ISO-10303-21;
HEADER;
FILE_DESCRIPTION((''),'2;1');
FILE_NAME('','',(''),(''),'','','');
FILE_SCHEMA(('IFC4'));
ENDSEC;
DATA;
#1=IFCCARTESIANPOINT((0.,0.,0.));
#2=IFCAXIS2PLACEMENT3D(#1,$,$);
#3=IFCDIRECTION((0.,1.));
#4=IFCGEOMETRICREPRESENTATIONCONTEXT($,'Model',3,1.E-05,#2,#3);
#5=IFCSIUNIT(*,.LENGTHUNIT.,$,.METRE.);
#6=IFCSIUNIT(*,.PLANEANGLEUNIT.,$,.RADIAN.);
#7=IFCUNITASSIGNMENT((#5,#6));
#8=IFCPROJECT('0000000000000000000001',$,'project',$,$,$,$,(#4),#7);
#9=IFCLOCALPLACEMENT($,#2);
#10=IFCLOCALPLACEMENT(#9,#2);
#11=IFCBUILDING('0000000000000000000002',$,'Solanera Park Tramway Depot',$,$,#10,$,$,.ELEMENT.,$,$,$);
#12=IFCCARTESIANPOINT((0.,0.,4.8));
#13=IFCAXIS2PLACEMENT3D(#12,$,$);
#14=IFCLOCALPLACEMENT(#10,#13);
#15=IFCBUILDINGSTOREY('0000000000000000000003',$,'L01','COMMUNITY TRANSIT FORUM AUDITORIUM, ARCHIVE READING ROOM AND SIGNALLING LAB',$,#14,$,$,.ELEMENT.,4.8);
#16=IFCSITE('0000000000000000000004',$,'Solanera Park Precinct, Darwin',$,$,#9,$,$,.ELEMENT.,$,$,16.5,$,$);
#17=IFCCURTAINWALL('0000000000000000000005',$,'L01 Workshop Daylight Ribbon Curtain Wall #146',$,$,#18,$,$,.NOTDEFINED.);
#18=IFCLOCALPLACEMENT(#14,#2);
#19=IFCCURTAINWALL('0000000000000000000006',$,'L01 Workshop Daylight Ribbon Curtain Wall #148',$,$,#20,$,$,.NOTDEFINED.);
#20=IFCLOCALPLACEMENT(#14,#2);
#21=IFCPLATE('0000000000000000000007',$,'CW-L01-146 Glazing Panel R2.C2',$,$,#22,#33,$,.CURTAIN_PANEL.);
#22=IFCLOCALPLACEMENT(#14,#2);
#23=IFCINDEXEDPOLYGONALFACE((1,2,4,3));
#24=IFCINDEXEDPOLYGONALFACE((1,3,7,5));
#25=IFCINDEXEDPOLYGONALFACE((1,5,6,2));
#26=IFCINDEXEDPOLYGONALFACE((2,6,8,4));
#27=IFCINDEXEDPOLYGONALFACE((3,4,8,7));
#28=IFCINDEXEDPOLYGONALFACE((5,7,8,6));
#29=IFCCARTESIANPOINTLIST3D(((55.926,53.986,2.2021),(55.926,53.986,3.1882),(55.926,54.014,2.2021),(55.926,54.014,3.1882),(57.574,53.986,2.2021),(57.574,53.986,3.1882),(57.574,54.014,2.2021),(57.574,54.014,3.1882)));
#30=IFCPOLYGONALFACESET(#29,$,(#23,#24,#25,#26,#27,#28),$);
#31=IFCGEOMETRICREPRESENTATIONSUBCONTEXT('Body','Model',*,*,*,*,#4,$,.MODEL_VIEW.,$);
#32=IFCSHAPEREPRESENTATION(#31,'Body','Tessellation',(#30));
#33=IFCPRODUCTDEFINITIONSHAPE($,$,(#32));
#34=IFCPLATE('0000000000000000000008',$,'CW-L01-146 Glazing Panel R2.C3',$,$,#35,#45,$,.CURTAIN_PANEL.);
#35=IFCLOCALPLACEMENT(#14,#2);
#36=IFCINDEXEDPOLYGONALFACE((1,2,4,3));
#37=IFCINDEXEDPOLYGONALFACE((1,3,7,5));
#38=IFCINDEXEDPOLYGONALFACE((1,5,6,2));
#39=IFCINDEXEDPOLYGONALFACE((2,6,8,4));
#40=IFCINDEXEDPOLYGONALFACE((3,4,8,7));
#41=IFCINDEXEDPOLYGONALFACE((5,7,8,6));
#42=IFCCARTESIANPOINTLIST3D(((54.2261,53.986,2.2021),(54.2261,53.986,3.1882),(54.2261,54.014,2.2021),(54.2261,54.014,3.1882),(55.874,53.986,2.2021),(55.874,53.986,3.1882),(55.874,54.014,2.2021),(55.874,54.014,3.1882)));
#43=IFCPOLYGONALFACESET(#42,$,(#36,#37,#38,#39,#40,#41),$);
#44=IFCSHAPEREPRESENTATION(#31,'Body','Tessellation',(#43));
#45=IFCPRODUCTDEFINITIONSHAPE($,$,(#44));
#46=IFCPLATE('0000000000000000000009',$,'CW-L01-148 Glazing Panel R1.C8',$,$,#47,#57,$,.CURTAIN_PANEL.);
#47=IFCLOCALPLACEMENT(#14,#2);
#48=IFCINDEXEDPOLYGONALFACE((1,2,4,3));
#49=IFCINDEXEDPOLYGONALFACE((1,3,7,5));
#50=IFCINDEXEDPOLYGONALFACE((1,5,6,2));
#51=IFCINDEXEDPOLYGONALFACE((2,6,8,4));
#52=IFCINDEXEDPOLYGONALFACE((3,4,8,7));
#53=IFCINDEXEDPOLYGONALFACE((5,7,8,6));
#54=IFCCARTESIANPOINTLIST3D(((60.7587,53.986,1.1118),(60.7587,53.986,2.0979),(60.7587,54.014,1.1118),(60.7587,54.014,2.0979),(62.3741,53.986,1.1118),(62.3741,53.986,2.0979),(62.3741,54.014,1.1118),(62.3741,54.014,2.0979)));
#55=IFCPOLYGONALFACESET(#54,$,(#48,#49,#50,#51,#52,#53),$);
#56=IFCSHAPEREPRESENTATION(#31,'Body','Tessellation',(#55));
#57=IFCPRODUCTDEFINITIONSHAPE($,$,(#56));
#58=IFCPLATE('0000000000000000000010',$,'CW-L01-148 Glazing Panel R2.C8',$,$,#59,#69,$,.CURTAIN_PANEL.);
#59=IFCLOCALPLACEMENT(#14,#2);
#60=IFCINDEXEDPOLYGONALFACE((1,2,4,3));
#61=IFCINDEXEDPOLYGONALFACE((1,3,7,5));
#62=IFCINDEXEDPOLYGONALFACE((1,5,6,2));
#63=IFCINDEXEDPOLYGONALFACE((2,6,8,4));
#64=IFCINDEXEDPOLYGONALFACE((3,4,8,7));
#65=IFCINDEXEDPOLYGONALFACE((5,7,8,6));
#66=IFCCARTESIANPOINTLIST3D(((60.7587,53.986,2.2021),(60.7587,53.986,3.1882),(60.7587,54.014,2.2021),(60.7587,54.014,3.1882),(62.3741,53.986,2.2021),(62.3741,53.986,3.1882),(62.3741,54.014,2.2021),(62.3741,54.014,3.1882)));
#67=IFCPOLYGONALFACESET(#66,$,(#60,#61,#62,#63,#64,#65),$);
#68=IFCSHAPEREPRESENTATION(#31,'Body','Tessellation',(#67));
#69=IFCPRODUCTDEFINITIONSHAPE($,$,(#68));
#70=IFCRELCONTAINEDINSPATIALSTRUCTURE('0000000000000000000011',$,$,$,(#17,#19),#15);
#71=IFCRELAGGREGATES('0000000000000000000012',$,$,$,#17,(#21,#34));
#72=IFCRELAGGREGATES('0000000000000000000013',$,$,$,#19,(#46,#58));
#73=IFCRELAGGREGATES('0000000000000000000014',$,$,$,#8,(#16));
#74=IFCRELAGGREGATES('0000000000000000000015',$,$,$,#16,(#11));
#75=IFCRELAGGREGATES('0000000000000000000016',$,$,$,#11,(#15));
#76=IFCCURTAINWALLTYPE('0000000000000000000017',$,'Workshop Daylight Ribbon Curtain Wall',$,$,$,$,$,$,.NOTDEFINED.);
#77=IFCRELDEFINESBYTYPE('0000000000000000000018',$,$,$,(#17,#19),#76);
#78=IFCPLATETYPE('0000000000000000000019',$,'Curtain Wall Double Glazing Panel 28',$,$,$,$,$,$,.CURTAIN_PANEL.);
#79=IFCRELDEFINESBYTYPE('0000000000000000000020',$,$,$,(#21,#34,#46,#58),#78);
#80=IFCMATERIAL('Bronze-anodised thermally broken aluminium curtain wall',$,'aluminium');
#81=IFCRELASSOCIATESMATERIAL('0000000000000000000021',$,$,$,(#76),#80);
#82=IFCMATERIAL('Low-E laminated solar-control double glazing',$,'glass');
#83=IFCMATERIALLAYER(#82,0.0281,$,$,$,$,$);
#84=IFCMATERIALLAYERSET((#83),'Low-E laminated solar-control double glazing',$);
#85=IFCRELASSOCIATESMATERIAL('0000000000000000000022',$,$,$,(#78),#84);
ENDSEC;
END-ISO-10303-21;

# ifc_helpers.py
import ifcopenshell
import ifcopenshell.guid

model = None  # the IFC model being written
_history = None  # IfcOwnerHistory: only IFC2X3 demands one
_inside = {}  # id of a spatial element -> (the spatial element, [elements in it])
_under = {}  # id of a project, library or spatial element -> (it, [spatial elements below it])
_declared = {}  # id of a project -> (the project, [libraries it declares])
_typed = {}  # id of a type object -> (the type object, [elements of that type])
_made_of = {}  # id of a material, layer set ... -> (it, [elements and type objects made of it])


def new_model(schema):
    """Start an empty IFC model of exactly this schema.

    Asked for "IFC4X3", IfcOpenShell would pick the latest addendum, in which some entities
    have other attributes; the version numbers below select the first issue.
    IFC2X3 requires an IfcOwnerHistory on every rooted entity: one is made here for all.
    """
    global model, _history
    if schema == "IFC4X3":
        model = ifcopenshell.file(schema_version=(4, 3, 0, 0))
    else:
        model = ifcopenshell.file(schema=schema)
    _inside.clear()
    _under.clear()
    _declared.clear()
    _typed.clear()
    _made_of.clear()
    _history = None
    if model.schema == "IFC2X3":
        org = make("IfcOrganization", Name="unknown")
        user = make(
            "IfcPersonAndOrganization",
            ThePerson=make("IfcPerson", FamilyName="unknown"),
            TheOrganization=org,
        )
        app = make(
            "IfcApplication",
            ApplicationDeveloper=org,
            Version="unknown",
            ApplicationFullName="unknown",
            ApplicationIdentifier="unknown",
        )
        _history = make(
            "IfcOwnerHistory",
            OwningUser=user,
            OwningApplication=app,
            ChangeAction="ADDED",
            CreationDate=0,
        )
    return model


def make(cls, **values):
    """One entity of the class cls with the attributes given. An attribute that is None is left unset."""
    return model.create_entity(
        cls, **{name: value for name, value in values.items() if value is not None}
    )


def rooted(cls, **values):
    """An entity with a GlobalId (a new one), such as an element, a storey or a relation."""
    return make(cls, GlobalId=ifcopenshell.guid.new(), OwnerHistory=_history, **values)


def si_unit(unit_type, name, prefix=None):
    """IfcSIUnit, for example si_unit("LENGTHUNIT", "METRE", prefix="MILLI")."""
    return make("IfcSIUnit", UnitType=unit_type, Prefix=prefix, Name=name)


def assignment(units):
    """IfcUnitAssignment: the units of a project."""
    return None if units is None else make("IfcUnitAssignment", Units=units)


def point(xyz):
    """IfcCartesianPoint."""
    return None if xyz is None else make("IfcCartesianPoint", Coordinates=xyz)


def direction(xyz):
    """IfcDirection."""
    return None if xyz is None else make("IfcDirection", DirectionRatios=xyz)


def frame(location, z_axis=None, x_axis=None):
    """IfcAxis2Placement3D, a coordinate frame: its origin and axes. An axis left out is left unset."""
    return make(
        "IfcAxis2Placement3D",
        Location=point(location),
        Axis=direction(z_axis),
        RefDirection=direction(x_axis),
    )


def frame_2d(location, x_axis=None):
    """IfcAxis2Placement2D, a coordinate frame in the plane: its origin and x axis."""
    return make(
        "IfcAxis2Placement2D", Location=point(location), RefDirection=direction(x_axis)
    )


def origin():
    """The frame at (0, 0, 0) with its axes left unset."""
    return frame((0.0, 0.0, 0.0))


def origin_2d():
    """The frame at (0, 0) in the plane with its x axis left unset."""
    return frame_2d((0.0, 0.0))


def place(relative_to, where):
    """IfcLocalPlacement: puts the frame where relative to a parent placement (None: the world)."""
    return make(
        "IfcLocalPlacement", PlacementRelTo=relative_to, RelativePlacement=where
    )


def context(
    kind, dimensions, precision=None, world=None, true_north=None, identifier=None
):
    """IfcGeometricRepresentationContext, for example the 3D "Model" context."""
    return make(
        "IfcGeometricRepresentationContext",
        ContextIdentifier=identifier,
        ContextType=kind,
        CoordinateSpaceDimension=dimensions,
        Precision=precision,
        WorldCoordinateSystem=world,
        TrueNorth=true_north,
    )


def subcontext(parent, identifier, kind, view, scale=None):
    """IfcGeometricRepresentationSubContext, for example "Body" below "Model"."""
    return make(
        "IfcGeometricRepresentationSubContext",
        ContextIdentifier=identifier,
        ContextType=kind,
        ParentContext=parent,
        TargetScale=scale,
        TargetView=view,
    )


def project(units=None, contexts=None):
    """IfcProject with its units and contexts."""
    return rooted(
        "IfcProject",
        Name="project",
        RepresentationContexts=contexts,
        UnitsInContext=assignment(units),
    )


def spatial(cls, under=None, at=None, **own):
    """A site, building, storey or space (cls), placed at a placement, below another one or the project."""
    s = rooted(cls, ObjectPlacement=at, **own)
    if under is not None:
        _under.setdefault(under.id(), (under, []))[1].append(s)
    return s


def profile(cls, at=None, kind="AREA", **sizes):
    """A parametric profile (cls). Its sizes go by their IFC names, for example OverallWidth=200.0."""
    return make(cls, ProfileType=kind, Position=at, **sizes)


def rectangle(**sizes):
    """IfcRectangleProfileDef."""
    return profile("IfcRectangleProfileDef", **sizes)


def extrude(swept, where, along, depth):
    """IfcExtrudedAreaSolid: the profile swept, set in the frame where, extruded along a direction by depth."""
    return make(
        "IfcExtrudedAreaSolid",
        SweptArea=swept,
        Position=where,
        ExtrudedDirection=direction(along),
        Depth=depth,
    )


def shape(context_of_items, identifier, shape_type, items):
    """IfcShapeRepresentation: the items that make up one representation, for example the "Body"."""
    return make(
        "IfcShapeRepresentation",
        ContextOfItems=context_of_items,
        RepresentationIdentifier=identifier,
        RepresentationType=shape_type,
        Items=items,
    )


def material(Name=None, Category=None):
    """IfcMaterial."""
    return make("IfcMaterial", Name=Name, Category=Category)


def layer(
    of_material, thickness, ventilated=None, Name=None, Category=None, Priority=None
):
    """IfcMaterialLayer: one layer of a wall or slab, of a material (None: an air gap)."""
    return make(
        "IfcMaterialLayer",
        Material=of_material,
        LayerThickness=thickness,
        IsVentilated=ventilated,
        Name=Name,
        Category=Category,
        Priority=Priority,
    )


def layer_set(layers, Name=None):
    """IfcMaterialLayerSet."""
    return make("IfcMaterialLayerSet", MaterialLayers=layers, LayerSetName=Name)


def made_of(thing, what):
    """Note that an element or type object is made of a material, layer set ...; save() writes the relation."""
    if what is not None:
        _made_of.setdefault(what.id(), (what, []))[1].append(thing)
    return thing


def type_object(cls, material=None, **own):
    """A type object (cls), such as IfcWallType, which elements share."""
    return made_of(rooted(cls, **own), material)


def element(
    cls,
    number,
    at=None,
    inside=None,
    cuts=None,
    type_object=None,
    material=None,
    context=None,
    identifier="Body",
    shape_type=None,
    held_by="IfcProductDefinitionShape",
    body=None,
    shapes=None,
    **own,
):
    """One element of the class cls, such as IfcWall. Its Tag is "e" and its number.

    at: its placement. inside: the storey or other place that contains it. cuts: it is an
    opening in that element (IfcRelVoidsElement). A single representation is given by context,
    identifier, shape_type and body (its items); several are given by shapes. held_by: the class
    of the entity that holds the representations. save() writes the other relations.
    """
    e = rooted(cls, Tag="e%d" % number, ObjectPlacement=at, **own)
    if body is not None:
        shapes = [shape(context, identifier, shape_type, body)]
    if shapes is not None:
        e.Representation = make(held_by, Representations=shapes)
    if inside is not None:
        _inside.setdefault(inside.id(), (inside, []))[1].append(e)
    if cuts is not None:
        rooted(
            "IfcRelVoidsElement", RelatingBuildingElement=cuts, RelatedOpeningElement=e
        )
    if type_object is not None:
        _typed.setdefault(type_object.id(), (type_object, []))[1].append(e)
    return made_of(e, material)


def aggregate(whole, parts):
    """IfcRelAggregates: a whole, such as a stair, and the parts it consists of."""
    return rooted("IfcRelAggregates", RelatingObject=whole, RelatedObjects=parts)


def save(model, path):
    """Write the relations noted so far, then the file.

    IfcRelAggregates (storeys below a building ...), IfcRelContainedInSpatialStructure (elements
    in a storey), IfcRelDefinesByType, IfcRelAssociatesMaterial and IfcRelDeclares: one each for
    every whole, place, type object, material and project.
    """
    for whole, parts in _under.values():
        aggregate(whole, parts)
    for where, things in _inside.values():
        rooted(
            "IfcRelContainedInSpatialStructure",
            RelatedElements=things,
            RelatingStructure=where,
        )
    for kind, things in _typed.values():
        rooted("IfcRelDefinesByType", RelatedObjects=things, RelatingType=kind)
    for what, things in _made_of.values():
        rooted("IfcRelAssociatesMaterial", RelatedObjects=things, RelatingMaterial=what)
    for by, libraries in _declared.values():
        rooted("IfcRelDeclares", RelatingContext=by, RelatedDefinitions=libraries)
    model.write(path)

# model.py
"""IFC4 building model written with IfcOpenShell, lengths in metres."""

from ifc_helpers import new_model, si_unit, direction, frame, origin, origin_2d, place, context, subcontext, project, spatial, rectangle, extrude, material, layer, layer_set, type_object, element, aggregate, save


model = new_model("IFC4")

# Units and contexts
model_context = context("Model", 3, precision=1e-05, world=origin(), true_north=direction((0.0, 1.0)))
body_context = subcontext(model_context, "Body", "Model", "MODEL_VIEW")
ifc_project = project(units=[si_unit("LENGTHUNIT", "METRE"), si_unit("PLANEANGLEUNIT", "RADIAN")], contexts=[model_context])

# Site, building, storey
site_placement = place(None, origin())
site = spatial("IfcSite", under=ifc_project, at=site_placement, Name="Solanera Park Precinct, Darwin", CompositionType="ELEMENT", RefElevation=16.5)
building_placement = place(site_placement, origin())
building = spatial("IfcBuilding", under=site, at=building_placement, Name="Solanera Park Tramway Depot", CompositionType="ELEMENT")
storey_placement = place(building_placement, frame((0.0, 0.0, 4.8)))
storey = spatial("IfcBuildingStorey", under=building, at=storey_placement, Name="L01", Description="COMMUNITY TRANSIT FORUM AUDITORIUM, ARCHIVE READING ROOM AND SIGNALLING LAB", CompositionType="ELEMENT", Elevation=4.8)

# Curtain wall
ifc_material_1 = material(Name="Bronze-anodised thermally broken aluminium curtain wall", Category="aluminium")
curtain_wall_type = type_object("IfcCurtainWallType", Name="Workshop Daylight Ribbon Curtain Wall", PredefinedType="NOTDEFINED", material=ifc_material_1)
curtain_wall_1_placement = place(storey_placement, origin())
curtain_wall_1 = element("IfcCurtainWall", 1, at=curtain_wall_1_placement, inside=storey, type_object=curtain_wall_type, Name="L01 Workshop Daylight Ribbon Curtain Wall #146", PredefinedType="NOTDEFINED")

# Curtain wall
curtain_wall_2_placement = place(storey_placement, origin())
curtain_wall_2 = element("IfcCurtainWall", 2, at=curtain_wall_2_placement, inside=storey, type_object=curtain_wall_type, Name="L01 Workshop Daylight Ribbon Curtain Wall #148", PredefinedType="NOTDEFINED")

# Plates
ifc_material_2 = material(Name="Low-E laminated solar-control double glazing", Category="glass")
ifc_layer = layer(ifc_material_2, 0.0281)
ifc_layer_set = layer_set([ifc_layer], Name="Low-E laminated solar-control double glazing")
plate_type = type_object("IfcPlateType", Name="Curtain Wall Double Glazing Panel 28", PredefinedType="CURTAIN_PANEL", material=ifc_layer_set)
plate_1_placement = place(storey_placement, frame((56.75, 54.0, 2.2021), z_axis=(0.0, 0.0, 1.0), x_axis=(-1.0, 0.0, 0.0)))
plate_1 = element("IfcPlate", 3, at=plate_1_placement, type_object=plate_type, Name="CW-L01-146 Glazing Panel R2.C2", PredefinedType="CURTAIN_PANEL", context=body_context, shape_type="SweptSolid", body=[
    extrude(rectangle(XDim=1.6479, YDim=0.0281, at=origin_2d()), origin(), (0.0, 0.0, 1.0), 0.9861),
])
plate_2_placement = place(storey_placement, frame((55.05, 54.0, 2.2021), z_axis=(0.0, 0.0, 1.0), x_axis=(-1.0, 0.0, 0.0)))
plate_2 = element("IfcPlate", 4, at=plate_2_placement, type_object=plate_type, Name="CW-L01-146 Glazing Panel R2.C3", PredefinedType="CURTAIN_PANEL", context=body_context, shape_type="SweptSolid", body=[
    extrude(rectangle(XDim=1.6479, YDim=0.0281, at=origin_2d()), origin(), (0.0, 0.0, 1.0), 0.9861),
])
aggregate(curtain_wall_1, [plate_1, plate_2])
plate_3_placement = place(storey_placement, frame((61.5664, 54.0, 1.1118), z_axis=(0.0, 0.0, 1.0), x_axis=(-1.0, 0.0, 0.0)))
plate_3 = element("IfcPlate", 5, at=plate_3_placement, type_object=plate_type, Name="CW-L01-148 Glazing Panel R1.C8", PredefinedType="CURTAIN_PANEL", context=body_context, shape_type="SweptSolid", body=[
    extrude(rectangle(XDim=1.6155, YDim=0.0281, at=origin_2d()), origin(), (0.0, 0.0, 1.0), 0.9861),
])
plate_4_placement = place(storey_placement, frame((61.5664, 54.0, 2.2021), z_axis=(0.0, 0.0, 1.0), x_axis=(-1.0, 0.0, 0.0)))
plate_4 = element("IfcPlate", 6, at=plate_4_placement, type_object=plate_type, Name="CW-L01-148 Glazing Panel R2.C8", PredefinedType="CURTAIN_PANEL", context=body_context, shape_type="SweptSolid", body=[
    extrude(rectangle(XDim=1.6155, YDim=0.0281, at=origin_2d()), origin(), (0.0, 0.0, 1.0), 0.9861),
])
aggregate(curtain_wall_2, [plate_3, plate_4])

save(model, "model.ifc")
